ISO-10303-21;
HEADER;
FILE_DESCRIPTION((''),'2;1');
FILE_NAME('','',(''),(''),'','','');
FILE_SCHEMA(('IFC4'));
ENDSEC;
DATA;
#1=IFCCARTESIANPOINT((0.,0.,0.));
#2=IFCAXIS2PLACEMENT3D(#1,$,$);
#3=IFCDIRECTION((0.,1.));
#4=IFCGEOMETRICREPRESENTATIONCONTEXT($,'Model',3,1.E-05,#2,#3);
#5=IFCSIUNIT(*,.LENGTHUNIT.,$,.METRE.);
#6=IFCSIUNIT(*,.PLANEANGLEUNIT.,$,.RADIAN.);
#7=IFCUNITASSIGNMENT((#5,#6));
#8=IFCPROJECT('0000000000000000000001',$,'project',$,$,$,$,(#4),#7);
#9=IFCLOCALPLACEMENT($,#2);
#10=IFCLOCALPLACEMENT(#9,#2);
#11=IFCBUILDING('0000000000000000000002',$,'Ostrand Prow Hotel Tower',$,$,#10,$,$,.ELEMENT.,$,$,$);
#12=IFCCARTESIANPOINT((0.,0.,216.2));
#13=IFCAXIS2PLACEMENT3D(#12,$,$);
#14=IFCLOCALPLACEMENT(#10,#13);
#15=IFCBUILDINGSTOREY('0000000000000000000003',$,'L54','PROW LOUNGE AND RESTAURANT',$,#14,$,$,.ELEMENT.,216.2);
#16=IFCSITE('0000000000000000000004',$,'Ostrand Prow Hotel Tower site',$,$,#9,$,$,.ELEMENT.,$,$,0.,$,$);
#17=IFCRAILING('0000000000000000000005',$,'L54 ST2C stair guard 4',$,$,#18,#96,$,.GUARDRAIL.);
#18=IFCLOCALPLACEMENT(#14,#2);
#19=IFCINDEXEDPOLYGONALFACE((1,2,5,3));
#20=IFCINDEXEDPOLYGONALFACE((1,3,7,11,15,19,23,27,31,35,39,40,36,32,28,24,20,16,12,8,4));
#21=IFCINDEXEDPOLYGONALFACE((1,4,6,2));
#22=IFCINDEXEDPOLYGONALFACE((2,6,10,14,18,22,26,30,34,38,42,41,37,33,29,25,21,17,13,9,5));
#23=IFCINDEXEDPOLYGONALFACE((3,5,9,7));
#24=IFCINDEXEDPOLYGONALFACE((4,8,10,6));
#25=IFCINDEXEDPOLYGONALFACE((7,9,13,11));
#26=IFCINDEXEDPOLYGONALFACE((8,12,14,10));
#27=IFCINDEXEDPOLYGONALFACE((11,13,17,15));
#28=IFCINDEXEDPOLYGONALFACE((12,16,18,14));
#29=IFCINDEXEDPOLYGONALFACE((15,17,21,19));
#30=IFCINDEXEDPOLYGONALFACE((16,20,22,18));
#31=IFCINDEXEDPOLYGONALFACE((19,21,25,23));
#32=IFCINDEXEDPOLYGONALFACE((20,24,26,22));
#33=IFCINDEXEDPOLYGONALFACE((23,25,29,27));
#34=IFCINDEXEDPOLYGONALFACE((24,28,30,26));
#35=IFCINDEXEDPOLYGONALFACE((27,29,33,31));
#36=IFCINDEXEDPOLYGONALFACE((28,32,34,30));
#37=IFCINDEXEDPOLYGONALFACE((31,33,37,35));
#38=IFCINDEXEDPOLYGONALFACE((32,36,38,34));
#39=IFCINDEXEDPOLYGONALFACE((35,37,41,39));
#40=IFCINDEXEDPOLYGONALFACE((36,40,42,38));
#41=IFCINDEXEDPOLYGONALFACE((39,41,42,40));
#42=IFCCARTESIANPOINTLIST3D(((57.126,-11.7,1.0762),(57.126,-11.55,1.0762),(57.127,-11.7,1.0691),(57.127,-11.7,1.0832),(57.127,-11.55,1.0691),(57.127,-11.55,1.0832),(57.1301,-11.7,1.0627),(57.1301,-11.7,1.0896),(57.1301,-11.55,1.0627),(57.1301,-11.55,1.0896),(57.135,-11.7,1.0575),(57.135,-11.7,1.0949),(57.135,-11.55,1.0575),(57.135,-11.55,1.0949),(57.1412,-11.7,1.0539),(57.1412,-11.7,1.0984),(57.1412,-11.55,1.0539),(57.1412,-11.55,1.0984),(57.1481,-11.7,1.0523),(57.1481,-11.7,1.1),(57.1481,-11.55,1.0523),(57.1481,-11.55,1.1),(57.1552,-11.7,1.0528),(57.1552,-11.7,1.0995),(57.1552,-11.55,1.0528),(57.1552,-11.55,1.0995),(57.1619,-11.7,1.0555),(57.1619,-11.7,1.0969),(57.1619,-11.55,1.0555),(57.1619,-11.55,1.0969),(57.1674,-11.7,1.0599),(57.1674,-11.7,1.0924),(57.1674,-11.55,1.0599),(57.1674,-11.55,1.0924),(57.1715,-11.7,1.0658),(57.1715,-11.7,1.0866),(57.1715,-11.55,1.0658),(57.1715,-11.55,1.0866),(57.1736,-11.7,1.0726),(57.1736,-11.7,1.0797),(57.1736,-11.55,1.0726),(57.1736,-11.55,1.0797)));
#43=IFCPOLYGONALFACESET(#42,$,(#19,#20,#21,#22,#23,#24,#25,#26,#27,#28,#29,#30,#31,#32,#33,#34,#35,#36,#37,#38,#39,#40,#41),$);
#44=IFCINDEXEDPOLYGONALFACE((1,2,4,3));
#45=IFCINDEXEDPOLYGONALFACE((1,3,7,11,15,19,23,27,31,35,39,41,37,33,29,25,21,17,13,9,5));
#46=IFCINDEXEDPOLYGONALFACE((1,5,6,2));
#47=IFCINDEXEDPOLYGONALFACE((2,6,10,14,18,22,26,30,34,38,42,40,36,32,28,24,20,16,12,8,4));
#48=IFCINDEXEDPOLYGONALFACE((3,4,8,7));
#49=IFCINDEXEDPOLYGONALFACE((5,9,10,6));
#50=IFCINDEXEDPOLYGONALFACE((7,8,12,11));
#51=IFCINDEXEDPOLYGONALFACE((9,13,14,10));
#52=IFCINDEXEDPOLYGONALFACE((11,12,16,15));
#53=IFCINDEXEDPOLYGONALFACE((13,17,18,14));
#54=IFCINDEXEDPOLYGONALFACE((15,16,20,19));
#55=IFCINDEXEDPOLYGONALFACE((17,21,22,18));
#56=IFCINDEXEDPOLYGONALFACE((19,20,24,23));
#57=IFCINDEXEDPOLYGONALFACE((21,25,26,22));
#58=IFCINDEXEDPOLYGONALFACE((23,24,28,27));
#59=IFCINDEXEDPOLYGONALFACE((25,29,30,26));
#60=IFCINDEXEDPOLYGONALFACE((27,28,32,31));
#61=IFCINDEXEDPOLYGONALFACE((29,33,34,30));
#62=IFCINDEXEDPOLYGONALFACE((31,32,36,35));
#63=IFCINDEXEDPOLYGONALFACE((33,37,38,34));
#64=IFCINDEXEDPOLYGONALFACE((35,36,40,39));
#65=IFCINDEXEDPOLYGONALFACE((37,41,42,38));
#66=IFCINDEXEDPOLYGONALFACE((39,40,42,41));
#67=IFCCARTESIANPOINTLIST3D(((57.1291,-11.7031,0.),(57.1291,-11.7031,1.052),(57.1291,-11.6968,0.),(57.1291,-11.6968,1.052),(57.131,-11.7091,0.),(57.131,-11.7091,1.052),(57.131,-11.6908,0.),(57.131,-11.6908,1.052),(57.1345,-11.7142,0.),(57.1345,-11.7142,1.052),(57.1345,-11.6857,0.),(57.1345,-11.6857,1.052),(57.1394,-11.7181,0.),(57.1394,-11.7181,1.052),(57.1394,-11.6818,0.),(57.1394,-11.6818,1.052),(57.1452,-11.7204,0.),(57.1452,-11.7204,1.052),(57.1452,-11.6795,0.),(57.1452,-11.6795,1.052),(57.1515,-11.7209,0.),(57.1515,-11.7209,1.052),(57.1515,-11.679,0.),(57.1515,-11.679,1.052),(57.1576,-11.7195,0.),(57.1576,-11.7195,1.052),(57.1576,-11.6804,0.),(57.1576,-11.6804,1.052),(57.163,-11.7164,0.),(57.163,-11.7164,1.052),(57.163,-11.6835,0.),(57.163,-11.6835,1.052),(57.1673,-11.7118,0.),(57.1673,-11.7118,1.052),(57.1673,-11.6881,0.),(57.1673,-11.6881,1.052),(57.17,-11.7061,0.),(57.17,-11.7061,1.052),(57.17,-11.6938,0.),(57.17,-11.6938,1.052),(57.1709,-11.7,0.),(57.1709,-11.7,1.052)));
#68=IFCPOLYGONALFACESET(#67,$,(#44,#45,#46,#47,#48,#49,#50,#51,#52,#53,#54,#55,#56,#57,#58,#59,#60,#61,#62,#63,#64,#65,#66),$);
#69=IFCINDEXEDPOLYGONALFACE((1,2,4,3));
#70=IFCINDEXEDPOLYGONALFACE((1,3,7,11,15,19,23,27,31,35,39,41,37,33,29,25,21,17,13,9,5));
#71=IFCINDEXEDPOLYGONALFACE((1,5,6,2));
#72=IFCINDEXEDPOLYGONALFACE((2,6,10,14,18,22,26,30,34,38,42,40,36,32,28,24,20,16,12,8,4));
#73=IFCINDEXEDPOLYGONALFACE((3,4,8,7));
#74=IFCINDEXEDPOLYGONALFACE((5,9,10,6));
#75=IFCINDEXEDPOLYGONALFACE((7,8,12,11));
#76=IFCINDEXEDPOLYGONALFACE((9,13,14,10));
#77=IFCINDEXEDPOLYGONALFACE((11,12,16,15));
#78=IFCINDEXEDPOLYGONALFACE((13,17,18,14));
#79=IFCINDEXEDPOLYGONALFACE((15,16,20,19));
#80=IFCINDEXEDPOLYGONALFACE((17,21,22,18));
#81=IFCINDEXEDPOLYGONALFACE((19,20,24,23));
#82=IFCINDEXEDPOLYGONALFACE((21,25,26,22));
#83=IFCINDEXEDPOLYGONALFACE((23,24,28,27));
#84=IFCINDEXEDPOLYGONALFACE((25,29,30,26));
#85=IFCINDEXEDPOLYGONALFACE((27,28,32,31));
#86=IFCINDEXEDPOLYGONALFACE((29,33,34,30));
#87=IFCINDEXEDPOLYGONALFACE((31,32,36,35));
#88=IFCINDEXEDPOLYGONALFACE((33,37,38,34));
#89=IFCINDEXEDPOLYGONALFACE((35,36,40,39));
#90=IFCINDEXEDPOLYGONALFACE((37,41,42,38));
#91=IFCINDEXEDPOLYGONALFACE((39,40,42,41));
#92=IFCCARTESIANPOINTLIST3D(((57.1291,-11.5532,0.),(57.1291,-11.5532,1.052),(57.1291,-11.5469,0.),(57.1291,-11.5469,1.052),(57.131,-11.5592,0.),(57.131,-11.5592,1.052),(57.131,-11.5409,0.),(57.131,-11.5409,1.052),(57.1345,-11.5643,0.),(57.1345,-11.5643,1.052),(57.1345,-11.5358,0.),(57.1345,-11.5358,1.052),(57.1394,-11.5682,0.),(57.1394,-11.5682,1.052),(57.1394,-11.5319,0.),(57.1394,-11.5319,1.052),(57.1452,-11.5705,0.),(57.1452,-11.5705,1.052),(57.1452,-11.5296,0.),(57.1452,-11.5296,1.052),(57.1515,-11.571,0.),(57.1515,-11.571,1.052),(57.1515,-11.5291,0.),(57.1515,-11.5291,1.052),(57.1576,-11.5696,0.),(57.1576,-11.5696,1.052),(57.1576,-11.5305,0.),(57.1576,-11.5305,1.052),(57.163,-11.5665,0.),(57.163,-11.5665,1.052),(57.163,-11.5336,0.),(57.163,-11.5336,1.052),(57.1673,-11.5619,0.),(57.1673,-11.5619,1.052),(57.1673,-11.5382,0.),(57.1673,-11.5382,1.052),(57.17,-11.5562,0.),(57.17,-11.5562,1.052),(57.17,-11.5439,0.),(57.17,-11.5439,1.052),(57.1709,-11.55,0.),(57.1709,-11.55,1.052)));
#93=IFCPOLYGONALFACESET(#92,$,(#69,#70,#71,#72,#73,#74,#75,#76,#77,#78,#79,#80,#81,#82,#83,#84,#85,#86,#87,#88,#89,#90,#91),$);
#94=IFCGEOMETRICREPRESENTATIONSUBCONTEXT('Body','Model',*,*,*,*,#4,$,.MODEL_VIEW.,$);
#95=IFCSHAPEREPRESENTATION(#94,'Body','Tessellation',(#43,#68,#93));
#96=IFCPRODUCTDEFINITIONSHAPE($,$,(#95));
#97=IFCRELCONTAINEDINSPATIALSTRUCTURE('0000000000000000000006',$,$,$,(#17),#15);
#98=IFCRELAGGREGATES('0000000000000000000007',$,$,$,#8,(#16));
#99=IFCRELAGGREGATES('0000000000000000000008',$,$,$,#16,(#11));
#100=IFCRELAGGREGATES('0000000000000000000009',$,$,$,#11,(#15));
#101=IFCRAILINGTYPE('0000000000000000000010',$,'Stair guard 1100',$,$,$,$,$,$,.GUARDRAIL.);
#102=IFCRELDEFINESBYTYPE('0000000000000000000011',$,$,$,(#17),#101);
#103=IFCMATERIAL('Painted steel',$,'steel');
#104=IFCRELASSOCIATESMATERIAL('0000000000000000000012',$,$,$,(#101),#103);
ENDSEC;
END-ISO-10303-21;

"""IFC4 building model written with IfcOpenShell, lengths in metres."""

from ifc_helpers import new_model, si_unit, direction, frame, origin, origin_2d, place, context, subcontext, project, spatial, circle, extrude, material, type_object, element, save


model = new_model("IFC4")

# Units and contexts
model_context = context("Model", 3, precision=1e-05, world=origin(), true_north=direction((0.0, 1.0)))
body_context = subcontext(model_context, "Body", "Model", "MODEL_VIEW")
ifc_project = project(units=[si_unit("LENGTHUNIT", "METRE"), si_unit("PLANEANGLEUNIT", "RADIAN")], contexts=[model_context])

# Site, building, storey
site_placement = place(None, origin())
site = spatial("IfcSite", under=ifc_project, at=site_placement, Name="Ostrand Prow Hotel Tower site", CompositionType="ELEMENT", RefElevation=0.0)
building_placement = place(site_placement, origin())
building = spatial("IfcBuilding", under=site, at=building_placement, Name="Ostrand Prow Hotel Tower", CompositionType="ELEMENT")
storey_placement = place(building_placement, frame((0.0, 0.0, 216.2)))
storey = spatial("IfcBuildingStorey", under=building, at=storey_placement, Name="L54", Description="PROW LOUNGE AND RESTAURANT", CompositionType="ELEMENT", Elevation=216.2)

# Railing
ifc_material_1 = material(Name="Painted steel", Category="steel")
railing_type_1 = type_object("IfcRailingType", Name="Stair guard 1100", PredefinedType="GUARDRAIL", material=ifc_material_1)
railing_1_placement = place(storey_placement, frame((57.1499, -11.7, 0.0)))
element("IfcRailing", 1, at=railing_1_placement, inside=storey, type_object=railing_type_1, Name="L54 ST2C stair guard 4", PredefinedType="GUARDRAIL", context=body_context, shape_type="SweptSolid", body=[
    extrude(circle(Radius=0.0239, at=origin_2d()), frame((0.0, 0.0, 1.0762), z_axis=(0.0, 1.0, 0.0), x_axis=(-1.0, 0.0, 0.0)), (0.0, 0.0, 1.0), 0.1499),
    extrude(circle(Radius=0.021, at=origin_2d()), origin(), (0.0, 0.0, 1.0), 1.052),
    extrude(circle(Radius=0.021, at=origin_2d()), frame((0.0, 0.1499, 0.0)), (0.0, 0.0, 1.0), 1.052),
])

save(model, "model.ifc")
